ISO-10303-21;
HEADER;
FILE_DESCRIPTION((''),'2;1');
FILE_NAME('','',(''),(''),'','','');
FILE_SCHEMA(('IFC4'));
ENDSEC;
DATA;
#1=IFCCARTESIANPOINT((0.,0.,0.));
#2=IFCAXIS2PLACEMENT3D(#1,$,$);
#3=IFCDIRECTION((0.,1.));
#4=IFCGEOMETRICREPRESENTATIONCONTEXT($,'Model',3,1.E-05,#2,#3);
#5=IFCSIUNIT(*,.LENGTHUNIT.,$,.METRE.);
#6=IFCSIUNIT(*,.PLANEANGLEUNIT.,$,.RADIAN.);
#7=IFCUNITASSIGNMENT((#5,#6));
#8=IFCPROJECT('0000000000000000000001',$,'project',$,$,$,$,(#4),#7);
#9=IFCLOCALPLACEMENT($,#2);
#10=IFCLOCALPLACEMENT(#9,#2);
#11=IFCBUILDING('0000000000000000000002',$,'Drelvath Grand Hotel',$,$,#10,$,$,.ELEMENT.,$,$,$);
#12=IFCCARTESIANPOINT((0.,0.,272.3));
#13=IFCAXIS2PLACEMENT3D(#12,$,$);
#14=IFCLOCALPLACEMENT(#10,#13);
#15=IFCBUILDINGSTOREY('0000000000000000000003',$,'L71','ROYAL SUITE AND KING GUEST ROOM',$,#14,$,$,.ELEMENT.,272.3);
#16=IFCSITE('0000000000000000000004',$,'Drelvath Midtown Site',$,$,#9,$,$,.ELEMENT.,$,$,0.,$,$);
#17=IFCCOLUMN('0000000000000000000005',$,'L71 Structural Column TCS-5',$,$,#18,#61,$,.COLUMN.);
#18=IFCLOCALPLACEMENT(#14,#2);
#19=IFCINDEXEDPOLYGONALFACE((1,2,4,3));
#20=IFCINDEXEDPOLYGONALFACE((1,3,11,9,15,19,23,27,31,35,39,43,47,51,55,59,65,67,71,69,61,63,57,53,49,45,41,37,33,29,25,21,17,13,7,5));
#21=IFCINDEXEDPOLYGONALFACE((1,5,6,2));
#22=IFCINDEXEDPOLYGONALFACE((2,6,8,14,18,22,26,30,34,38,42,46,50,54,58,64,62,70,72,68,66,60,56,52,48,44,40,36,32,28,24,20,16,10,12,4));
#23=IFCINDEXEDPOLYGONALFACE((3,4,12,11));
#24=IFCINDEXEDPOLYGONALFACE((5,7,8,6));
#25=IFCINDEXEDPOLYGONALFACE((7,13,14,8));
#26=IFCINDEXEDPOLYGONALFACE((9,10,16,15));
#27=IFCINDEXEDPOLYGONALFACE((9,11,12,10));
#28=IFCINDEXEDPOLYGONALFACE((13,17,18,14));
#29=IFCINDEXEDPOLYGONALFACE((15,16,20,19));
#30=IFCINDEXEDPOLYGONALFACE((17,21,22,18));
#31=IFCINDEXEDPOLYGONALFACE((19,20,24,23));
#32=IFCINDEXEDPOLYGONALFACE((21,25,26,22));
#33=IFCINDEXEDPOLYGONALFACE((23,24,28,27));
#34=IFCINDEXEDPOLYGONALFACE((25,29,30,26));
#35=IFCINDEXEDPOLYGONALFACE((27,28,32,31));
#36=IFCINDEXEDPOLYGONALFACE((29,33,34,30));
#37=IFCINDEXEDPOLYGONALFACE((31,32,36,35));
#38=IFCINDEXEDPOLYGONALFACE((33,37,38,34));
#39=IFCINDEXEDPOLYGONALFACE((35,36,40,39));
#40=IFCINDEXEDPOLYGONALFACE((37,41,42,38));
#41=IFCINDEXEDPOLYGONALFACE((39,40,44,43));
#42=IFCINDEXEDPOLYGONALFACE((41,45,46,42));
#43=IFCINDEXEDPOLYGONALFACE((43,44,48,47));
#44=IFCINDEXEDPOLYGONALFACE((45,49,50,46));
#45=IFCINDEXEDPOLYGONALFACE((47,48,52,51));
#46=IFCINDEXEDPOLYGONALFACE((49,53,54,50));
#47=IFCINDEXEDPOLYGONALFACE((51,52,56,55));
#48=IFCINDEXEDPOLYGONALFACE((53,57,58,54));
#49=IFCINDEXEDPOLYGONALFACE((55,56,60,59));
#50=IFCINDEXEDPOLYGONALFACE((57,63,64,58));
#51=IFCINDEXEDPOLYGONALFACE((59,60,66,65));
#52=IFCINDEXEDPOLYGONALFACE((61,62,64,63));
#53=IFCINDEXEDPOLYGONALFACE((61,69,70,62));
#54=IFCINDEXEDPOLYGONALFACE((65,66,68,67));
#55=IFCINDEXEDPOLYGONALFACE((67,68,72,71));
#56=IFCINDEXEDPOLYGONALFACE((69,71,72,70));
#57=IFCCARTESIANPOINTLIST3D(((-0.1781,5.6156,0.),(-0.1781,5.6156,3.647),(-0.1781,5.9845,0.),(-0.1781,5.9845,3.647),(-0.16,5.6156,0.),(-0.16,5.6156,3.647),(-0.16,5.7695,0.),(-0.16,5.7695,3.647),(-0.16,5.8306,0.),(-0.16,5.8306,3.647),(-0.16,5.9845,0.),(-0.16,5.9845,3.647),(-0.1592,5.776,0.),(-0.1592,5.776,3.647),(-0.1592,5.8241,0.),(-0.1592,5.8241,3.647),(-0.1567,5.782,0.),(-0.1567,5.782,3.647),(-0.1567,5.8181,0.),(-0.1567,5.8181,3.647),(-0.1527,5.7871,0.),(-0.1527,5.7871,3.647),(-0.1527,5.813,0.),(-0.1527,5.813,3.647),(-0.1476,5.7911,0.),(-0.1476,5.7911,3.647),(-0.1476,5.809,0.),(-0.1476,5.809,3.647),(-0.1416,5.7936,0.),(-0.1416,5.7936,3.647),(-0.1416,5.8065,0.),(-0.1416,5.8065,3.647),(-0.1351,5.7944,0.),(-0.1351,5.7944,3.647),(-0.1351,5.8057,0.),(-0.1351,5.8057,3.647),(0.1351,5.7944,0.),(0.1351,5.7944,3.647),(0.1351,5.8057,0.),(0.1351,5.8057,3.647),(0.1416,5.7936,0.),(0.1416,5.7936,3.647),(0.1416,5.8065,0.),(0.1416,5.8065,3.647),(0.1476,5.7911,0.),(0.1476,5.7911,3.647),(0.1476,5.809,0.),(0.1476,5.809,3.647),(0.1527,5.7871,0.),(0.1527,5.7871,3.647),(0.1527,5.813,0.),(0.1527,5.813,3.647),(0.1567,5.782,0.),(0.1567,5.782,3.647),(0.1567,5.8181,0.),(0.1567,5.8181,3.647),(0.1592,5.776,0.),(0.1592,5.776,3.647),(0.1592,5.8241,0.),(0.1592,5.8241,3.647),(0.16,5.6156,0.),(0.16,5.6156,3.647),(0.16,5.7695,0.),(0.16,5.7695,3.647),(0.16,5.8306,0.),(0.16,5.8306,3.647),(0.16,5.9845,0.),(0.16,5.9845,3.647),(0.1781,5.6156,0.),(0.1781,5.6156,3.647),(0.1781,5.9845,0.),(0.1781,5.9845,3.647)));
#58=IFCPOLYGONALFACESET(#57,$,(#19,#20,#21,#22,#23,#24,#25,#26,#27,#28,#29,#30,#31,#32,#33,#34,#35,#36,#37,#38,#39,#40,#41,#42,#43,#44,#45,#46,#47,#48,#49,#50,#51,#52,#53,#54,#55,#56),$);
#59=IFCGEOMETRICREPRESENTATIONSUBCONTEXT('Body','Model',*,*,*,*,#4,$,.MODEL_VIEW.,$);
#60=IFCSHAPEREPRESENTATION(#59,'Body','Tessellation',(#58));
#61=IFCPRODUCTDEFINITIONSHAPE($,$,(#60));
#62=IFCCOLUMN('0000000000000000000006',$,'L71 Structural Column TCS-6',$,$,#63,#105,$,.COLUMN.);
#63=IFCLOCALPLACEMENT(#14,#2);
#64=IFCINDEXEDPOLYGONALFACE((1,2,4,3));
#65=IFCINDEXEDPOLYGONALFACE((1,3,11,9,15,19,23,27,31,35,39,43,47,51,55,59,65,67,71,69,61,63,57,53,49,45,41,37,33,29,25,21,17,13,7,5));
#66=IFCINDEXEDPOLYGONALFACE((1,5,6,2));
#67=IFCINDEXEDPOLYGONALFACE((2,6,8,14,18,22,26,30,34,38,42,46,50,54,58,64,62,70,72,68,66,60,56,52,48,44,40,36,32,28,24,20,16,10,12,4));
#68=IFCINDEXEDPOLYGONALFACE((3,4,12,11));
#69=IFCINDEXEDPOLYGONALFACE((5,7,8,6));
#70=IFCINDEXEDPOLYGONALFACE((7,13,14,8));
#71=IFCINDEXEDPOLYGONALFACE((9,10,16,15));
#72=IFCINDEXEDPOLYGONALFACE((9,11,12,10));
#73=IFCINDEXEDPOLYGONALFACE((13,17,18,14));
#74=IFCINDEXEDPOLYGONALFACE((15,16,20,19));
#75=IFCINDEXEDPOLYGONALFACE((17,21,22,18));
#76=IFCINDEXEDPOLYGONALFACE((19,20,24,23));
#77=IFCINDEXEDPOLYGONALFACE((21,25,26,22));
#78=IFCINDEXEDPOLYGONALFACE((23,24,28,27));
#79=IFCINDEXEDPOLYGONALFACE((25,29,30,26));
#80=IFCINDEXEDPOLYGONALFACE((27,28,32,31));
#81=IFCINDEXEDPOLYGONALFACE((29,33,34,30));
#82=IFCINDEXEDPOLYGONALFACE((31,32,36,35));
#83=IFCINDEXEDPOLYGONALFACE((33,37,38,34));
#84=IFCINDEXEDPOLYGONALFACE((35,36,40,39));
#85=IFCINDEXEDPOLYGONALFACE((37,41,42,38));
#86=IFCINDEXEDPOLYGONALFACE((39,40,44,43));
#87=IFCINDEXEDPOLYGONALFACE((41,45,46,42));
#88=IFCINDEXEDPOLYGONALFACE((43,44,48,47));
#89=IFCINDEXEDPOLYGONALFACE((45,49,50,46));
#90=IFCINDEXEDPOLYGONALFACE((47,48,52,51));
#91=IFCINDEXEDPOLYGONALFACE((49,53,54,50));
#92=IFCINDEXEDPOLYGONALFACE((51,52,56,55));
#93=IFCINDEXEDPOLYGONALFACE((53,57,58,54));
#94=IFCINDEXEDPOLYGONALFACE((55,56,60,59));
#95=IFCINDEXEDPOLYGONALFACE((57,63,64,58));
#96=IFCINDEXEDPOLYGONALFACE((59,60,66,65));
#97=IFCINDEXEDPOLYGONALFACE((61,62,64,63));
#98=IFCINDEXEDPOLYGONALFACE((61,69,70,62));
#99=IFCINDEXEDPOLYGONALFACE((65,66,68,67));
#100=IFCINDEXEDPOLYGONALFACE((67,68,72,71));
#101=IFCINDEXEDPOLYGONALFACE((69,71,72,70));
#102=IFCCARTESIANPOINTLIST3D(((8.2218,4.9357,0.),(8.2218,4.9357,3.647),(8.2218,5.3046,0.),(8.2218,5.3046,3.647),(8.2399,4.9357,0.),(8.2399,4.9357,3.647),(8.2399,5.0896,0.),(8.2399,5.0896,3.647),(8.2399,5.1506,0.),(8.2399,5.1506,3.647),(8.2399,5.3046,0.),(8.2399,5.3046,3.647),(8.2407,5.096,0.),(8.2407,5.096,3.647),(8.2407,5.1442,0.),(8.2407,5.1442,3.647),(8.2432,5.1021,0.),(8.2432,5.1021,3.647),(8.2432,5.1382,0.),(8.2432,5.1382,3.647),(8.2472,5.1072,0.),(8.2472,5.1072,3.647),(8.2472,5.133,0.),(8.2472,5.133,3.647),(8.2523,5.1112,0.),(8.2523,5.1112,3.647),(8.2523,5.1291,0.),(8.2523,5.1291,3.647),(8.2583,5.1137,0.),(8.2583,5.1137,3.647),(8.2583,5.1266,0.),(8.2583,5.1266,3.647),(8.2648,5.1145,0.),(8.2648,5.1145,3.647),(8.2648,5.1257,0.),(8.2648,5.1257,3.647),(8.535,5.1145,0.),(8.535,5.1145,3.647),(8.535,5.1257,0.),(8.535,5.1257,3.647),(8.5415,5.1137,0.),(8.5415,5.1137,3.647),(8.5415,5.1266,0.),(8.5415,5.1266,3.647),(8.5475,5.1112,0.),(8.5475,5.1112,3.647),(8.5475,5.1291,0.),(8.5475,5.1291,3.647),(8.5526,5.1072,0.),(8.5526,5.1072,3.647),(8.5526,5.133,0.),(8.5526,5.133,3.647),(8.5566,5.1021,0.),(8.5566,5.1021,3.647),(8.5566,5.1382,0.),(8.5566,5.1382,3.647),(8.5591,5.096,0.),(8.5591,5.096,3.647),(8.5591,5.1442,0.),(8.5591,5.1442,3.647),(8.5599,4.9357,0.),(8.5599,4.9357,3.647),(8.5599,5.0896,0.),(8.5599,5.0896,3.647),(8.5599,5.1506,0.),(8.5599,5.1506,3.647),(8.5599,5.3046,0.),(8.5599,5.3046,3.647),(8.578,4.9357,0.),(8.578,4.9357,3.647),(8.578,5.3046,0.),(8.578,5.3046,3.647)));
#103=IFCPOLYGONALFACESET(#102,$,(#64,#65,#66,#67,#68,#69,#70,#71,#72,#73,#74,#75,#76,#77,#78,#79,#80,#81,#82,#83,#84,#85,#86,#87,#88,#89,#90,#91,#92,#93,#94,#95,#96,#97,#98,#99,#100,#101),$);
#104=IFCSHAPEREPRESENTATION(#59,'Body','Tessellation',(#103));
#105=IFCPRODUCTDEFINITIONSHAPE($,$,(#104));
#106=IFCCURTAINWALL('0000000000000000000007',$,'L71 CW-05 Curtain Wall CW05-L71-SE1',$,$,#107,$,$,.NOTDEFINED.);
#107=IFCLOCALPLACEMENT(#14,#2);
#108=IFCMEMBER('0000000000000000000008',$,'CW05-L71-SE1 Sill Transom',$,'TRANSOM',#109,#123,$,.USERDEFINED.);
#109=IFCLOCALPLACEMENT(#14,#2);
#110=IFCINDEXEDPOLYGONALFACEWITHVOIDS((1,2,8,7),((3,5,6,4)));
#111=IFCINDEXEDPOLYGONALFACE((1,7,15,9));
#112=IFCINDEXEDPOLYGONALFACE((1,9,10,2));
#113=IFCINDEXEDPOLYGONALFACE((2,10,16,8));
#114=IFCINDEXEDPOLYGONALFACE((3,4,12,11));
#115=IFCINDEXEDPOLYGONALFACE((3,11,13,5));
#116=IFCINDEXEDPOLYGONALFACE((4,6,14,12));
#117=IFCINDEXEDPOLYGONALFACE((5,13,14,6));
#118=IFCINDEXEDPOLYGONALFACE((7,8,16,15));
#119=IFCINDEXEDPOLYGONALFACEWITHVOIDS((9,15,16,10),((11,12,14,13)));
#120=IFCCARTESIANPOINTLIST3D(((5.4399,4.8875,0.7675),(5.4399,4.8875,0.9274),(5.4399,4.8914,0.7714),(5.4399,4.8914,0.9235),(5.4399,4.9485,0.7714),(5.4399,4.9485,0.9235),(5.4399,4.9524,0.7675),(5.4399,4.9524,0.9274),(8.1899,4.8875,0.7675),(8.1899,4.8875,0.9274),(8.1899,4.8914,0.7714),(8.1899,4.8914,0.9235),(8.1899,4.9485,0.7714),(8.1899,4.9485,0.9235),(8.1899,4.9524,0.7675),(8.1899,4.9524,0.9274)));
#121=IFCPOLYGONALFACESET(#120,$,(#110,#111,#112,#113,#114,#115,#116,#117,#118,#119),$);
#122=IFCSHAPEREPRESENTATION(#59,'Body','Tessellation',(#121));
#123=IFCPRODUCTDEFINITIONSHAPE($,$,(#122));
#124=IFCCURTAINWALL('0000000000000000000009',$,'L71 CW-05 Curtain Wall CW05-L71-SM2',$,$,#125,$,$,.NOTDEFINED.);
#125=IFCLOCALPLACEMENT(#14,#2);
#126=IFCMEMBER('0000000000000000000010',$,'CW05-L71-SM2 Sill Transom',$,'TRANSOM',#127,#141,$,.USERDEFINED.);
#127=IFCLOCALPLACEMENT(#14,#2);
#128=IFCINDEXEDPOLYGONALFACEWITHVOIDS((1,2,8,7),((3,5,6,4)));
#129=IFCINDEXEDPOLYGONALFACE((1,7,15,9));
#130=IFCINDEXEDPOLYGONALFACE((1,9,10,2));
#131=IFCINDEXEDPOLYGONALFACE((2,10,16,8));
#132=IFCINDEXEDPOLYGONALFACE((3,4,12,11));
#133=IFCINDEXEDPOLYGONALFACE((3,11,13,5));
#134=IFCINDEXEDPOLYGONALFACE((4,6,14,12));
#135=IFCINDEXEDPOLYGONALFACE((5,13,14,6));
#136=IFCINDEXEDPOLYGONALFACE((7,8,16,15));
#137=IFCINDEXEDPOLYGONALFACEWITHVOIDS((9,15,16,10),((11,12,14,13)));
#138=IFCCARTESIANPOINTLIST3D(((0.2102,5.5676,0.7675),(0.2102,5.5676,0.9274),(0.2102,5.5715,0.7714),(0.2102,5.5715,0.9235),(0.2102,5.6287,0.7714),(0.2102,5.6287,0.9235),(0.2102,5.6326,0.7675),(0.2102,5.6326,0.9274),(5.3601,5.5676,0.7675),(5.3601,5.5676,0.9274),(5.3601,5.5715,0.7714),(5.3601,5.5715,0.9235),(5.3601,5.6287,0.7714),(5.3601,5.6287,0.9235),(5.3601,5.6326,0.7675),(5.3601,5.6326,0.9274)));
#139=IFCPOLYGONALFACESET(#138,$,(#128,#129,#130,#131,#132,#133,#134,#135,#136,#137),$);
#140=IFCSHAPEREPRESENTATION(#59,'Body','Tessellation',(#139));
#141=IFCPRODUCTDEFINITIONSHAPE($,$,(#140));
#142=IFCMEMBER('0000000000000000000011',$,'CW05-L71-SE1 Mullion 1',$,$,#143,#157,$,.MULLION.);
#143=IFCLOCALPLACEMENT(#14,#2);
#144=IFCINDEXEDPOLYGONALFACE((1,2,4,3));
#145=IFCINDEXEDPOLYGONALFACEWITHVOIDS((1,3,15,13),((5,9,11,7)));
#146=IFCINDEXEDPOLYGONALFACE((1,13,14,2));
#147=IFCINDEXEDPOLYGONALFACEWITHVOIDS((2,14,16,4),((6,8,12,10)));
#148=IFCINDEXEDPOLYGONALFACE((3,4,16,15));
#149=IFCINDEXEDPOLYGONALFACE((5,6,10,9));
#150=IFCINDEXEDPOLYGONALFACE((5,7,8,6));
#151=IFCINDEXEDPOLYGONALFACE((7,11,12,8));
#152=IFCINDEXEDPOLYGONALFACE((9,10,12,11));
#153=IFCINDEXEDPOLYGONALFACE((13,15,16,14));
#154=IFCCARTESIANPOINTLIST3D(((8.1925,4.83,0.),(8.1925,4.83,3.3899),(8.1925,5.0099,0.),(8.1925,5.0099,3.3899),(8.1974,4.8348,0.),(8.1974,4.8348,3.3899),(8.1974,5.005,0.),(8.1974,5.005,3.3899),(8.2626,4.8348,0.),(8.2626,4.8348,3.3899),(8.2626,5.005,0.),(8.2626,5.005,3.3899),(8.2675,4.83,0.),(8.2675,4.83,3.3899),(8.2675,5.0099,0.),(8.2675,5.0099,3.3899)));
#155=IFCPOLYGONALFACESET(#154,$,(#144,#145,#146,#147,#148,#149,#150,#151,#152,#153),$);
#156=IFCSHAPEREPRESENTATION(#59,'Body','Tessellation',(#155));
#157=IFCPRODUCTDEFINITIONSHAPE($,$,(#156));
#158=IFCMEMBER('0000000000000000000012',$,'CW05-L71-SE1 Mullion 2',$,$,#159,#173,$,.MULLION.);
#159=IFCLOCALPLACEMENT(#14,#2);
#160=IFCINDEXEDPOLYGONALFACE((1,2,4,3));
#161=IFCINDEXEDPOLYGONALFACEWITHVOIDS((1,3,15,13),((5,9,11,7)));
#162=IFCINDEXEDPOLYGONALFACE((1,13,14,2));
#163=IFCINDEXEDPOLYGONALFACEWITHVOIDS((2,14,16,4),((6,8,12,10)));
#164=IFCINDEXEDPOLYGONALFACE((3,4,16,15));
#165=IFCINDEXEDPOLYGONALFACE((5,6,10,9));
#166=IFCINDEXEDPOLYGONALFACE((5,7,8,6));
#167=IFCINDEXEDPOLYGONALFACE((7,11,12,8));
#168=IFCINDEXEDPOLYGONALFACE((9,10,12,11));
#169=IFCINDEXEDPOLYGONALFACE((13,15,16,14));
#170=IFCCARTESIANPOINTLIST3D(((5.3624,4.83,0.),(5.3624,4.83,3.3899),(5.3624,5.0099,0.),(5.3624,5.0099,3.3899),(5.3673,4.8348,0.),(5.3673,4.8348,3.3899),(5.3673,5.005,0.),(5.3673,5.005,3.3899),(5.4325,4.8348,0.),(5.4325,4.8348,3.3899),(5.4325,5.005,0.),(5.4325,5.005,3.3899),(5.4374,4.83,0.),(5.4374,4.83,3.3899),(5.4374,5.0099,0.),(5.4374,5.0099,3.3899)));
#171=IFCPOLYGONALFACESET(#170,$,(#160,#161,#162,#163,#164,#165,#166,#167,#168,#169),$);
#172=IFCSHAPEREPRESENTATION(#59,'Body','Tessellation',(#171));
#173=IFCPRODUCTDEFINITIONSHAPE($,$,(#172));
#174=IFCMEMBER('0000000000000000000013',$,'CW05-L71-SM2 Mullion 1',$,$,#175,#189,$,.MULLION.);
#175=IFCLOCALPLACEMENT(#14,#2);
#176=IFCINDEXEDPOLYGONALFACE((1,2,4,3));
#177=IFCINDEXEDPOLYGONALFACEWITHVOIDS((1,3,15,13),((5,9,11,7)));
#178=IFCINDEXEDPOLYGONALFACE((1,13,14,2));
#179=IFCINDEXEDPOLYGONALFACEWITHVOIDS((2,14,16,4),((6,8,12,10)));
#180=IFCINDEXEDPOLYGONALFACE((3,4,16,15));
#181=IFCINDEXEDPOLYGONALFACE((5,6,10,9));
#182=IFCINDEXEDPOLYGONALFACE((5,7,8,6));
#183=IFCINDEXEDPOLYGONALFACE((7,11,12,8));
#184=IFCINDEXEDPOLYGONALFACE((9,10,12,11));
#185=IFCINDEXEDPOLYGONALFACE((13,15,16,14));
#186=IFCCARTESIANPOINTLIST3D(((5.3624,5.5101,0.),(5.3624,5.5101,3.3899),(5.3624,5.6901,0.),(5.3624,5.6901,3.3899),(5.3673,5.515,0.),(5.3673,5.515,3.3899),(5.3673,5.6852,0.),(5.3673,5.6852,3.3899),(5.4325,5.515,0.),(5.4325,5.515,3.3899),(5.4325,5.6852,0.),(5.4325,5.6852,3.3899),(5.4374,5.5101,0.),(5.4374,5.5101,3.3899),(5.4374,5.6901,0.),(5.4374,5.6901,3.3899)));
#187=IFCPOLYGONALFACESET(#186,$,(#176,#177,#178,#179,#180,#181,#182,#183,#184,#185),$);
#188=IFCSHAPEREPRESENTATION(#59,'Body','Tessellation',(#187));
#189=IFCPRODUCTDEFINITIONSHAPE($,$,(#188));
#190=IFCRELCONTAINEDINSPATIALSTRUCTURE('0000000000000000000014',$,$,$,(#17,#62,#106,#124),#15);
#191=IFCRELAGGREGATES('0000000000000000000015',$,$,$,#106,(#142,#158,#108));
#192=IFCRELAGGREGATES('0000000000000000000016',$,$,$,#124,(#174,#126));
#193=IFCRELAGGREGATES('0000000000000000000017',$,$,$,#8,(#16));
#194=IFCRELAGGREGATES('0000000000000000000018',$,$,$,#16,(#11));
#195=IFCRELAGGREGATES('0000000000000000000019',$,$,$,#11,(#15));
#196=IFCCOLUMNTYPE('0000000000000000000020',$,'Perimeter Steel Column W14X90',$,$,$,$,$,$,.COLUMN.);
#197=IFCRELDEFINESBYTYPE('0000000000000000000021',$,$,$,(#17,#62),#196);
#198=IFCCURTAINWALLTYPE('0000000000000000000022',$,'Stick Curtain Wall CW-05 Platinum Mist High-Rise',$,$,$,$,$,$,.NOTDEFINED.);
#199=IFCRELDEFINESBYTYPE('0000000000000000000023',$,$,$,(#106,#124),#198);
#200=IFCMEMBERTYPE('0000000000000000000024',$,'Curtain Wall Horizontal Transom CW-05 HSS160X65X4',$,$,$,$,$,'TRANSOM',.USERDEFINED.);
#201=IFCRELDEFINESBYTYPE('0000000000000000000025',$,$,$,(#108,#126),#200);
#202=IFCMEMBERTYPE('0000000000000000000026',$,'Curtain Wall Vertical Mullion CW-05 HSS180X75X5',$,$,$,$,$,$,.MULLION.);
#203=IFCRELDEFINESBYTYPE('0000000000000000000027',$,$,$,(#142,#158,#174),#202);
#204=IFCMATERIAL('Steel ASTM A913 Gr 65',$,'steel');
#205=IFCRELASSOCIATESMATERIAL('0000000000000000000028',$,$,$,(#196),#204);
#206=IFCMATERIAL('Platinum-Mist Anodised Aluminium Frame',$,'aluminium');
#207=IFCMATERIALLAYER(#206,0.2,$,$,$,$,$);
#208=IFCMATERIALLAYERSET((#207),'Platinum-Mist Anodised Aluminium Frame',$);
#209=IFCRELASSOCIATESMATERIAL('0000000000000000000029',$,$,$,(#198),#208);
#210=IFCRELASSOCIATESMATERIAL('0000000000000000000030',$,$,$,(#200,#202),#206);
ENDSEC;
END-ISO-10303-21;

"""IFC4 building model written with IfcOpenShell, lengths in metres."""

from ifc_helpers import new_model, si_unit, direction, frame, origin, origin_2d, place, context, subcontext, project, spatial, hollow_rectangle, i_section, extrude, material, layer, layer_set, material_profile, profile_set, type_object, element, aggregate, save


model = new_model("IFC4")

# Units and contexts
model_context = context("Model", 3, precision=1e-05, world=origin(), true_north=direction((0.0, 1.0)))
body_context = subcontext(model_context, "Body", "Model", "MODEL_VIEW")
ifc_project = project(units=[si_unit("LENGTHUNIT", "METRE"), si_unit("PLANEANGLEUNIT", "RADIAN")], contexts=[model_context])

# Site, building, storey
site_placement = place(None, origin())
site = spatial("IfcSite", under=ifc_project, at=site_placement, Name="Drelvath Midtown Site", CompositionType="ELEMENT", RefElevation=0.0)
building_placement = place(site_placement, origin())
building = spatial("IfcBuilding", under=site, at=building_placement, Name="Drelvath Grand Hotel", CompositionType="ELEMENT")
storey_placement = place(building_placement, frame((0.0, 0.0, 272.3)))
storey = spatial("IfcBuildingStorey", under=building, at=storey_placement, Name="L71", Description="ROYAL SUITE AND KING GUEST ROOM", CompositionType="ELEMENT", Elevation=272.3)

# Columns
ifc_material_1 = material(Name="Steel ASTM A913 Gr 65", Category="steel")
ifc_material_profile_1 = material_profile(ifc_material_1, i_section(OverallWidth=0.3689, OverallDepth=0.3562, WebThickness=0.0112, FlangeThickness=0.0181, FilletRadius=0.0249, at=origin_2d()), Name="W14X90")
ifc_profile_set_1 = profile_set([ifc_material_profile_1], Name="Steel ASTM A913 Gr 65")
column_type = type_object("IfcColumnType", Name="Perimeter Steel Column W14X90", PredefinedType="COLUMN", material=ifc_profile_set_1)
for number, where, z_axis, x_axis, name in (
    (1, (0.0, 5.8, 0.0), (0.0, 0.0, 1.0), (0.0, 1.0, 0.0), "L71 Structural Column TCS-5"),
    (2, (8.3999, 5.1201, 0.0), (0.0, 0.0, 1.0), (0.0, 1.0, 0.0), "L71 Structural Column TCS-6"),
):
    element("IfcColumn", number, at=place(storey_placement, frame(where, z_axis=z_axis, x_axis=x_axis)), inside=storey, type_object=column_type, Name=name, PredefinedType="COLUMN", context=body_context, shape_type="SweptSolid", body=[
        extrude(i_section(OverallWidth=0.3689, OverallDepth=0.3562, WebThickness=0.0112, FlangeThickness=0.0181, FilletRadius=0.0249, at=origin_2d()), origin(), (0.0, 0.0, 1.0), 3.647),
    ])

# Curtain walls, members
ifc_material_2 = material(Name="Platinum-Mist Anodised Aluminium Frame", Category="aluminium")
ifc_layer_1 = layer(ifc_material_2, 0.2)
ifc_layer_set_1 = layer_set([ifc_layer_1], Name="Platinum-Mist Anodised Aluminium Frame")
curtain_wall_type = type_object("IfcCurtainWallType", Name="Stick Curtain Wall CW-05 Platinum Mist High-Rise", PredefinedType="NOTDEFINED", material=ifc_layer_set_1)
curtain_wall_1_placement = place(storey_placement, origin())
curtain_wall_1 = element("IfcCurtainWall", 3, at=curtain_wall_1_placement, inside=storey, type_object=curtain_wall_type, Name="L71 CW-05 Curtain Wall CW05-L71-SE1", PredefinedType="NOTDEFINED")
ifc_material_profile_2 = material_profile(ifc_material_2, hollow_rectangle(XDim=0.0649, YDim=0.1599, WallThickness=0.0039, at=origin_2d()), Name="HSS160X65X4")
ifc_profile_set_2 = profile_set([ifc_material_profile_2], Name="Platinum-Mist Anodised Aluminium Frame")
member_type_1 = type_object("IfcMemberType", Name="Curtain Wall Horizontal Transom CW-05 HSS160X65X4", ElementType="TRANSOM", PredefinedType="USERDEFINED", material=ifc_profile_set_2)
member_1_placement = place(storey_placement, frame((8.1899, 4.9199, 0.8474), z_axis=(-1.0, 0.0, 0.0), x_axis=(0.0, -1.0, 0.0)))
member_1 = element("IfcMember", 4, at=member_1_placement, type_object=member_type_1, Name="CW05-L71-SE1 Sill Transom", ObjectType="TRANSOM", PredefinedType="USERDEFINED", context=body_context, shape_type="SweptSolid", body=[
    extrude(hollow_rectangle(XDim=0.0649, YDim=0.1599, WallThickness=0.0039, at=origin_2d()), origin(), (0.0, 0.0, 1.0), 2.75),
])
curtain_wall_2_placement = place(storey_placement, origin())
curtain_wall_2 = element("IfcCurtainWall", 5, at=curtain_wall_2_placement, inside=storey, type_object=curtain_wall_type, Name="L71 CW-05 Curtain Wall CW05-L71-SM2", PredefinedType="NOTDEFINED")
member_2_placement = place(storey_placement, frame((5.3601, 5.6001, 0.8474), z_axis=(-1.0, 0.0, 0.0), x_axis=(0.0, -1.0, 0.0)))
member_2 = element("IfcMember", 6, at=member_2_placement, type_object=member_type_1, Name="CW05-L71-SM2 Sill Transom", ObjectType="TRANSOM", PredefinedType="USERDEFINED", context=body_context, shape_type="SweptSolid", body=[
    extrude(hollow_rectangle(XDim=0.0649, YDim=0.1599, WallThickness=0.0039, at=origin_2d()), origin(), (0.0, 0.0, 1.0), 5.1499),
])

# Members
ifc_material_profile_3 = material_profile(ifc_material_2, hollow_rectangle(XDim=0.075, YDim=0.1799, WallThickness=0.0049, at=origin_2d()), Name="HSS180X75X5")
ifc_profile_set_3 = profile_set([ifc_material_profile_3], Name="Platinum-Mist Anodised Aluminium Frame")
member_type_2 = type_object("IfcMemberType", Name="Curtain Wall Vertical Mullion CW-05 HSS180X75X5", PredefinedType="MULLION", material=ifc_profile_set_3)
member_3_placement = place(storey_placement, frame((8.23, 4.9199, 0.0), z_axis=(0.0, 0.0, 1.0), x_axis=(1.0, 0.0, 0.0)))
member_3 = element("IfcMember", 7, at=member_3_placement, type_object=member_type_2, Name="CW05-L71-SE1 Mullion 1", PredefinedType="MULLION", context=body_context, shape_type="SweptSolid", body=[
    extrude(hollow_rectangle(XDim=0.075, YDim=0.1799, WallThickness=0.0049, at=origin_2d()), origin(), (0.0, 0.0, 1.0), 3.3899),
])
member_4_placement = place(storey_placement, frame((5.3999, 4.9199, 0.0), z_axis=(0.0, 0.0, 1.0), x_axis=(1.0, 0.0, 0.0)))
member_4 = element("IfcMember", 8, at=member_4_placement, type_object=member_type_2, Name="CW05-L71-SE1 Mullion 2", PredefinedType="MULLION", context=body_context, shape_type="SweptSolid", body=[
    extrude(hollow_rectangle(XDim=0.075, YDim=0.1799, WallThickness=0.0049, at=origin_2d()), origin(), (0.0, 0.0, 1.0), 3.3899),
])
member_5_placement = place(storey_placement, frame((5.3999, 5.6001, 0.0), z_axis=(0.0, 0.0, 1.0), x_axis=(1.0, 0.0, 0.0)))
member_5 = element("IfcMember", 9, at=member_5_placement, type_object=member_type_2, Name="CW05-L71-SM2 Mullion 1", PredefinedType="MULLION", context=body_context, shape_type="SweptSolid", body=[
    extrude(hollow_rectangle(XDim=0.075, YDim=0.1799, WallThickness=0.0049, at=origin_2d()), origin(), (0.0, 0.0, 1.0), 3.3899),
])

aggregate(curtain_wall_1, [member_3, member_4, member_1])
aggregate(curtain_wall_2, [member_5, member_2])

save(model, "model.ifc")
